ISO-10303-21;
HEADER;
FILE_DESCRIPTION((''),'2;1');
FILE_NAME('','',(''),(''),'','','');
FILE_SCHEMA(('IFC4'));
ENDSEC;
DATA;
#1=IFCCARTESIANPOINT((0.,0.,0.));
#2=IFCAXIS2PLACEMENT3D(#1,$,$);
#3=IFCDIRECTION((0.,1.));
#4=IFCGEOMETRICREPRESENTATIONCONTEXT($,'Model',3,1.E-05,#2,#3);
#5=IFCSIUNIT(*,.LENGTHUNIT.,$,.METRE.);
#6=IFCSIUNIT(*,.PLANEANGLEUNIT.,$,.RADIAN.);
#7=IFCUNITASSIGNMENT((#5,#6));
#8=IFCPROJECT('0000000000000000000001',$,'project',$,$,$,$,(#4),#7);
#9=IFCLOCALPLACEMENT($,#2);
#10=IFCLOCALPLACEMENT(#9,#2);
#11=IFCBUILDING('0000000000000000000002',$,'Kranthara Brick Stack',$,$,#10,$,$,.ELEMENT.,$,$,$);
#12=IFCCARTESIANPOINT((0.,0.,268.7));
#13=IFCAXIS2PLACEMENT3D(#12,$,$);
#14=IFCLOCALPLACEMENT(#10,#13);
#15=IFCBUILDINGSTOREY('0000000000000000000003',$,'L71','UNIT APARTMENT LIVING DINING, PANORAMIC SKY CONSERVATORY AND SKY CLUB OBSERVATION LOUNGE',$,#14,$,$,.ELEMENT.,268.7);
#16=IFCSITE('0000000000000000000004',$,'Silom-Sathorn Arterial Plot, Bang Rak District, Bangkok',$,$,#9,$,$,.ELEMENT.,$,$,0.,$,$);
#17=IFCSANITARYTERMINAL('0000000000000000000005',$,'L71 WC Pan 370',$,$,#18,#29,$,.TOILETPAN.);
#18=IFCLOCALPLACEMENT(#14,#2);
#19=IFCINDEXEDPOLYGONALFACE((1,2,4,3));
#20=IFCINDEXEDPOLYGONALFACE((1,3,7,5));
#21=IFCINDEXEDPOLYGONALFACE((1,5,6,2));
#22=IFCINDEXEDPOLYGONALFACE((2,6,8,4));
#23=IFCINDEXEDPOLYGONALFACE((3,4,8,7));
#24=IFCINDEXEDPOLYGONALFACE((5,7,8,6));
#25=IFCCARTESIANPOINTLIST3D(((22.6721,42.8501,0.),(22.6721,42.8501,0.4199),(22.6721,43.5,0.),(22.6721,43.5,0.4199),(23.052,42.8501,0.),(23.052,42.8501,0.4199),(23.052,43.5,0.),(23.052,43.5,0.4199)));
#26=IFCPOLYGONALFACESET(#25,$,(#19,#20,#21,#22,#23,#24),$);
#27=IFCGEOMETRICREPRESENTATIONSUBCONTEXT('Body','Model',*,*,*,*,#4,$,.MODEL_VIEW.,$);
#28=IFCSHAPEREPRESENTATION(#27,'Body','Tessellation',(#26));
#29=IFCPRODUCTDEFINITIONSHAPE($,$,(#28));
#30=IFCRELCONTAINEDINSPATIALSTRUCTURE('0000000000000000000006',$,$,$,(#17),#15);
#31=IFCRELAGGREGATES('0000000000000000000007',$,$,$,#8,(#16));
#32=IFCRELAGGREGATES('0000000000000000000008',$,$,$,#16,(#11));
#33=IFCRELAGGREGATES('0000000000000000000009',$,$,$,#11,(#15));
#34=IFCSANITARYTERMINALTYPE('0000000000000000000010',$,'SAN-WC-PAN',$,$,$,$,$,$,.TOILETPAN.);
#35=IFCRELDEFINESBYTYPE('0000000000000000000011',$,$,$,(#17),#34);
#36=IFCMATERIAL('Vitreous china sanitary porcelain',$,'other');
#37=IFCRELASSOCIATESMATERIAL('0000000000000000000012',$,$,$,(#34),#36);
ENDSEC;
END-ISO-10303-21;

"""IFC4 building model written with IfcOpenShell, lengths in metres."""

from ifc_helpers import new_model, si_unit, direction, frame, origin, origin_2d, place, context, subcontext, project, spatial, rectangle, extrude, material, type_object, element, save


model = new_model("IFC4")

# Units and contexts
model_context = context("Model", 3, precision=1e-05, world=origin(), true_north=direction((0.0, 1.0)))
body_context = subcontext(model_context, "Body", "Model", "MODEL_VIEW")
ifc_project = project(units=[si_unit("LENGTHUNIT", "METRE"), si_unit("PLANEANGLEUNIT", "RADIAN")], contexts=[model_context])

# Site, building, storey
site_placement = place(None, origin())
site = spatial("IfcSite", under=ifc_project, at=site_placement, Name="Silom-Sathorn Arterial Plot, Bang Rak District, Bangkok", CompositionType="ELEMENT", RefElevation=0.0)
building_placement = place(site_placement, origin())
building = spatial("IfcBuilding", under=site, at=building_placement, Name="Kranthara Brick Stack", CompositionType="ELEMENT")
storey_placement = place(building_placement, frame((0.0, 0.0, 268.7)))
storey = spatial("IfcBuildingStorey", under=building, at=storey_placement, Name="L71", Description="UNIT APARTMENT LIVING DINING, PANORAMIC SKY CONSERVATORY AND SKY CLUB OBSERVATION LOUNGE", CompositionType="ELEMENT", Elevation=268.7)

# Sanitary terminal
ifc_material_1 = material(Name="Vitreous china sanitary porcelain", Category="other")
sanitary_terminal_type_1 = type_object("IfcSanitaryTerminalType", Name="SAN-WC-PAN", PredefinedType="TOILETPAN", material=ifc_material_1)
sanitary_terminal_1_placement = place(storey_placement, frame((22.8621, 43.175, 0.0), z_axis=(0.0, 0.0, 1.0), x_axis=(1.0, 0.0, 0.0)))
element("IfcSanitaryTerminal", 1, at=sanitary_terminal_1_placement, inside=storey, type_object=sanitary_terminal_type_1, Name="L71 WC Pan 370", PredefinedType="TOILETPAN", context=body_context, shape_type="SweptSolid", body=[
    extrude(rectangle(XDim=0.3799, YDim=0.6499, at=origin_2d()), origin(), (0.0, 0.0, 1.0), 0.4199),
])

save(model, "model.ifc")
